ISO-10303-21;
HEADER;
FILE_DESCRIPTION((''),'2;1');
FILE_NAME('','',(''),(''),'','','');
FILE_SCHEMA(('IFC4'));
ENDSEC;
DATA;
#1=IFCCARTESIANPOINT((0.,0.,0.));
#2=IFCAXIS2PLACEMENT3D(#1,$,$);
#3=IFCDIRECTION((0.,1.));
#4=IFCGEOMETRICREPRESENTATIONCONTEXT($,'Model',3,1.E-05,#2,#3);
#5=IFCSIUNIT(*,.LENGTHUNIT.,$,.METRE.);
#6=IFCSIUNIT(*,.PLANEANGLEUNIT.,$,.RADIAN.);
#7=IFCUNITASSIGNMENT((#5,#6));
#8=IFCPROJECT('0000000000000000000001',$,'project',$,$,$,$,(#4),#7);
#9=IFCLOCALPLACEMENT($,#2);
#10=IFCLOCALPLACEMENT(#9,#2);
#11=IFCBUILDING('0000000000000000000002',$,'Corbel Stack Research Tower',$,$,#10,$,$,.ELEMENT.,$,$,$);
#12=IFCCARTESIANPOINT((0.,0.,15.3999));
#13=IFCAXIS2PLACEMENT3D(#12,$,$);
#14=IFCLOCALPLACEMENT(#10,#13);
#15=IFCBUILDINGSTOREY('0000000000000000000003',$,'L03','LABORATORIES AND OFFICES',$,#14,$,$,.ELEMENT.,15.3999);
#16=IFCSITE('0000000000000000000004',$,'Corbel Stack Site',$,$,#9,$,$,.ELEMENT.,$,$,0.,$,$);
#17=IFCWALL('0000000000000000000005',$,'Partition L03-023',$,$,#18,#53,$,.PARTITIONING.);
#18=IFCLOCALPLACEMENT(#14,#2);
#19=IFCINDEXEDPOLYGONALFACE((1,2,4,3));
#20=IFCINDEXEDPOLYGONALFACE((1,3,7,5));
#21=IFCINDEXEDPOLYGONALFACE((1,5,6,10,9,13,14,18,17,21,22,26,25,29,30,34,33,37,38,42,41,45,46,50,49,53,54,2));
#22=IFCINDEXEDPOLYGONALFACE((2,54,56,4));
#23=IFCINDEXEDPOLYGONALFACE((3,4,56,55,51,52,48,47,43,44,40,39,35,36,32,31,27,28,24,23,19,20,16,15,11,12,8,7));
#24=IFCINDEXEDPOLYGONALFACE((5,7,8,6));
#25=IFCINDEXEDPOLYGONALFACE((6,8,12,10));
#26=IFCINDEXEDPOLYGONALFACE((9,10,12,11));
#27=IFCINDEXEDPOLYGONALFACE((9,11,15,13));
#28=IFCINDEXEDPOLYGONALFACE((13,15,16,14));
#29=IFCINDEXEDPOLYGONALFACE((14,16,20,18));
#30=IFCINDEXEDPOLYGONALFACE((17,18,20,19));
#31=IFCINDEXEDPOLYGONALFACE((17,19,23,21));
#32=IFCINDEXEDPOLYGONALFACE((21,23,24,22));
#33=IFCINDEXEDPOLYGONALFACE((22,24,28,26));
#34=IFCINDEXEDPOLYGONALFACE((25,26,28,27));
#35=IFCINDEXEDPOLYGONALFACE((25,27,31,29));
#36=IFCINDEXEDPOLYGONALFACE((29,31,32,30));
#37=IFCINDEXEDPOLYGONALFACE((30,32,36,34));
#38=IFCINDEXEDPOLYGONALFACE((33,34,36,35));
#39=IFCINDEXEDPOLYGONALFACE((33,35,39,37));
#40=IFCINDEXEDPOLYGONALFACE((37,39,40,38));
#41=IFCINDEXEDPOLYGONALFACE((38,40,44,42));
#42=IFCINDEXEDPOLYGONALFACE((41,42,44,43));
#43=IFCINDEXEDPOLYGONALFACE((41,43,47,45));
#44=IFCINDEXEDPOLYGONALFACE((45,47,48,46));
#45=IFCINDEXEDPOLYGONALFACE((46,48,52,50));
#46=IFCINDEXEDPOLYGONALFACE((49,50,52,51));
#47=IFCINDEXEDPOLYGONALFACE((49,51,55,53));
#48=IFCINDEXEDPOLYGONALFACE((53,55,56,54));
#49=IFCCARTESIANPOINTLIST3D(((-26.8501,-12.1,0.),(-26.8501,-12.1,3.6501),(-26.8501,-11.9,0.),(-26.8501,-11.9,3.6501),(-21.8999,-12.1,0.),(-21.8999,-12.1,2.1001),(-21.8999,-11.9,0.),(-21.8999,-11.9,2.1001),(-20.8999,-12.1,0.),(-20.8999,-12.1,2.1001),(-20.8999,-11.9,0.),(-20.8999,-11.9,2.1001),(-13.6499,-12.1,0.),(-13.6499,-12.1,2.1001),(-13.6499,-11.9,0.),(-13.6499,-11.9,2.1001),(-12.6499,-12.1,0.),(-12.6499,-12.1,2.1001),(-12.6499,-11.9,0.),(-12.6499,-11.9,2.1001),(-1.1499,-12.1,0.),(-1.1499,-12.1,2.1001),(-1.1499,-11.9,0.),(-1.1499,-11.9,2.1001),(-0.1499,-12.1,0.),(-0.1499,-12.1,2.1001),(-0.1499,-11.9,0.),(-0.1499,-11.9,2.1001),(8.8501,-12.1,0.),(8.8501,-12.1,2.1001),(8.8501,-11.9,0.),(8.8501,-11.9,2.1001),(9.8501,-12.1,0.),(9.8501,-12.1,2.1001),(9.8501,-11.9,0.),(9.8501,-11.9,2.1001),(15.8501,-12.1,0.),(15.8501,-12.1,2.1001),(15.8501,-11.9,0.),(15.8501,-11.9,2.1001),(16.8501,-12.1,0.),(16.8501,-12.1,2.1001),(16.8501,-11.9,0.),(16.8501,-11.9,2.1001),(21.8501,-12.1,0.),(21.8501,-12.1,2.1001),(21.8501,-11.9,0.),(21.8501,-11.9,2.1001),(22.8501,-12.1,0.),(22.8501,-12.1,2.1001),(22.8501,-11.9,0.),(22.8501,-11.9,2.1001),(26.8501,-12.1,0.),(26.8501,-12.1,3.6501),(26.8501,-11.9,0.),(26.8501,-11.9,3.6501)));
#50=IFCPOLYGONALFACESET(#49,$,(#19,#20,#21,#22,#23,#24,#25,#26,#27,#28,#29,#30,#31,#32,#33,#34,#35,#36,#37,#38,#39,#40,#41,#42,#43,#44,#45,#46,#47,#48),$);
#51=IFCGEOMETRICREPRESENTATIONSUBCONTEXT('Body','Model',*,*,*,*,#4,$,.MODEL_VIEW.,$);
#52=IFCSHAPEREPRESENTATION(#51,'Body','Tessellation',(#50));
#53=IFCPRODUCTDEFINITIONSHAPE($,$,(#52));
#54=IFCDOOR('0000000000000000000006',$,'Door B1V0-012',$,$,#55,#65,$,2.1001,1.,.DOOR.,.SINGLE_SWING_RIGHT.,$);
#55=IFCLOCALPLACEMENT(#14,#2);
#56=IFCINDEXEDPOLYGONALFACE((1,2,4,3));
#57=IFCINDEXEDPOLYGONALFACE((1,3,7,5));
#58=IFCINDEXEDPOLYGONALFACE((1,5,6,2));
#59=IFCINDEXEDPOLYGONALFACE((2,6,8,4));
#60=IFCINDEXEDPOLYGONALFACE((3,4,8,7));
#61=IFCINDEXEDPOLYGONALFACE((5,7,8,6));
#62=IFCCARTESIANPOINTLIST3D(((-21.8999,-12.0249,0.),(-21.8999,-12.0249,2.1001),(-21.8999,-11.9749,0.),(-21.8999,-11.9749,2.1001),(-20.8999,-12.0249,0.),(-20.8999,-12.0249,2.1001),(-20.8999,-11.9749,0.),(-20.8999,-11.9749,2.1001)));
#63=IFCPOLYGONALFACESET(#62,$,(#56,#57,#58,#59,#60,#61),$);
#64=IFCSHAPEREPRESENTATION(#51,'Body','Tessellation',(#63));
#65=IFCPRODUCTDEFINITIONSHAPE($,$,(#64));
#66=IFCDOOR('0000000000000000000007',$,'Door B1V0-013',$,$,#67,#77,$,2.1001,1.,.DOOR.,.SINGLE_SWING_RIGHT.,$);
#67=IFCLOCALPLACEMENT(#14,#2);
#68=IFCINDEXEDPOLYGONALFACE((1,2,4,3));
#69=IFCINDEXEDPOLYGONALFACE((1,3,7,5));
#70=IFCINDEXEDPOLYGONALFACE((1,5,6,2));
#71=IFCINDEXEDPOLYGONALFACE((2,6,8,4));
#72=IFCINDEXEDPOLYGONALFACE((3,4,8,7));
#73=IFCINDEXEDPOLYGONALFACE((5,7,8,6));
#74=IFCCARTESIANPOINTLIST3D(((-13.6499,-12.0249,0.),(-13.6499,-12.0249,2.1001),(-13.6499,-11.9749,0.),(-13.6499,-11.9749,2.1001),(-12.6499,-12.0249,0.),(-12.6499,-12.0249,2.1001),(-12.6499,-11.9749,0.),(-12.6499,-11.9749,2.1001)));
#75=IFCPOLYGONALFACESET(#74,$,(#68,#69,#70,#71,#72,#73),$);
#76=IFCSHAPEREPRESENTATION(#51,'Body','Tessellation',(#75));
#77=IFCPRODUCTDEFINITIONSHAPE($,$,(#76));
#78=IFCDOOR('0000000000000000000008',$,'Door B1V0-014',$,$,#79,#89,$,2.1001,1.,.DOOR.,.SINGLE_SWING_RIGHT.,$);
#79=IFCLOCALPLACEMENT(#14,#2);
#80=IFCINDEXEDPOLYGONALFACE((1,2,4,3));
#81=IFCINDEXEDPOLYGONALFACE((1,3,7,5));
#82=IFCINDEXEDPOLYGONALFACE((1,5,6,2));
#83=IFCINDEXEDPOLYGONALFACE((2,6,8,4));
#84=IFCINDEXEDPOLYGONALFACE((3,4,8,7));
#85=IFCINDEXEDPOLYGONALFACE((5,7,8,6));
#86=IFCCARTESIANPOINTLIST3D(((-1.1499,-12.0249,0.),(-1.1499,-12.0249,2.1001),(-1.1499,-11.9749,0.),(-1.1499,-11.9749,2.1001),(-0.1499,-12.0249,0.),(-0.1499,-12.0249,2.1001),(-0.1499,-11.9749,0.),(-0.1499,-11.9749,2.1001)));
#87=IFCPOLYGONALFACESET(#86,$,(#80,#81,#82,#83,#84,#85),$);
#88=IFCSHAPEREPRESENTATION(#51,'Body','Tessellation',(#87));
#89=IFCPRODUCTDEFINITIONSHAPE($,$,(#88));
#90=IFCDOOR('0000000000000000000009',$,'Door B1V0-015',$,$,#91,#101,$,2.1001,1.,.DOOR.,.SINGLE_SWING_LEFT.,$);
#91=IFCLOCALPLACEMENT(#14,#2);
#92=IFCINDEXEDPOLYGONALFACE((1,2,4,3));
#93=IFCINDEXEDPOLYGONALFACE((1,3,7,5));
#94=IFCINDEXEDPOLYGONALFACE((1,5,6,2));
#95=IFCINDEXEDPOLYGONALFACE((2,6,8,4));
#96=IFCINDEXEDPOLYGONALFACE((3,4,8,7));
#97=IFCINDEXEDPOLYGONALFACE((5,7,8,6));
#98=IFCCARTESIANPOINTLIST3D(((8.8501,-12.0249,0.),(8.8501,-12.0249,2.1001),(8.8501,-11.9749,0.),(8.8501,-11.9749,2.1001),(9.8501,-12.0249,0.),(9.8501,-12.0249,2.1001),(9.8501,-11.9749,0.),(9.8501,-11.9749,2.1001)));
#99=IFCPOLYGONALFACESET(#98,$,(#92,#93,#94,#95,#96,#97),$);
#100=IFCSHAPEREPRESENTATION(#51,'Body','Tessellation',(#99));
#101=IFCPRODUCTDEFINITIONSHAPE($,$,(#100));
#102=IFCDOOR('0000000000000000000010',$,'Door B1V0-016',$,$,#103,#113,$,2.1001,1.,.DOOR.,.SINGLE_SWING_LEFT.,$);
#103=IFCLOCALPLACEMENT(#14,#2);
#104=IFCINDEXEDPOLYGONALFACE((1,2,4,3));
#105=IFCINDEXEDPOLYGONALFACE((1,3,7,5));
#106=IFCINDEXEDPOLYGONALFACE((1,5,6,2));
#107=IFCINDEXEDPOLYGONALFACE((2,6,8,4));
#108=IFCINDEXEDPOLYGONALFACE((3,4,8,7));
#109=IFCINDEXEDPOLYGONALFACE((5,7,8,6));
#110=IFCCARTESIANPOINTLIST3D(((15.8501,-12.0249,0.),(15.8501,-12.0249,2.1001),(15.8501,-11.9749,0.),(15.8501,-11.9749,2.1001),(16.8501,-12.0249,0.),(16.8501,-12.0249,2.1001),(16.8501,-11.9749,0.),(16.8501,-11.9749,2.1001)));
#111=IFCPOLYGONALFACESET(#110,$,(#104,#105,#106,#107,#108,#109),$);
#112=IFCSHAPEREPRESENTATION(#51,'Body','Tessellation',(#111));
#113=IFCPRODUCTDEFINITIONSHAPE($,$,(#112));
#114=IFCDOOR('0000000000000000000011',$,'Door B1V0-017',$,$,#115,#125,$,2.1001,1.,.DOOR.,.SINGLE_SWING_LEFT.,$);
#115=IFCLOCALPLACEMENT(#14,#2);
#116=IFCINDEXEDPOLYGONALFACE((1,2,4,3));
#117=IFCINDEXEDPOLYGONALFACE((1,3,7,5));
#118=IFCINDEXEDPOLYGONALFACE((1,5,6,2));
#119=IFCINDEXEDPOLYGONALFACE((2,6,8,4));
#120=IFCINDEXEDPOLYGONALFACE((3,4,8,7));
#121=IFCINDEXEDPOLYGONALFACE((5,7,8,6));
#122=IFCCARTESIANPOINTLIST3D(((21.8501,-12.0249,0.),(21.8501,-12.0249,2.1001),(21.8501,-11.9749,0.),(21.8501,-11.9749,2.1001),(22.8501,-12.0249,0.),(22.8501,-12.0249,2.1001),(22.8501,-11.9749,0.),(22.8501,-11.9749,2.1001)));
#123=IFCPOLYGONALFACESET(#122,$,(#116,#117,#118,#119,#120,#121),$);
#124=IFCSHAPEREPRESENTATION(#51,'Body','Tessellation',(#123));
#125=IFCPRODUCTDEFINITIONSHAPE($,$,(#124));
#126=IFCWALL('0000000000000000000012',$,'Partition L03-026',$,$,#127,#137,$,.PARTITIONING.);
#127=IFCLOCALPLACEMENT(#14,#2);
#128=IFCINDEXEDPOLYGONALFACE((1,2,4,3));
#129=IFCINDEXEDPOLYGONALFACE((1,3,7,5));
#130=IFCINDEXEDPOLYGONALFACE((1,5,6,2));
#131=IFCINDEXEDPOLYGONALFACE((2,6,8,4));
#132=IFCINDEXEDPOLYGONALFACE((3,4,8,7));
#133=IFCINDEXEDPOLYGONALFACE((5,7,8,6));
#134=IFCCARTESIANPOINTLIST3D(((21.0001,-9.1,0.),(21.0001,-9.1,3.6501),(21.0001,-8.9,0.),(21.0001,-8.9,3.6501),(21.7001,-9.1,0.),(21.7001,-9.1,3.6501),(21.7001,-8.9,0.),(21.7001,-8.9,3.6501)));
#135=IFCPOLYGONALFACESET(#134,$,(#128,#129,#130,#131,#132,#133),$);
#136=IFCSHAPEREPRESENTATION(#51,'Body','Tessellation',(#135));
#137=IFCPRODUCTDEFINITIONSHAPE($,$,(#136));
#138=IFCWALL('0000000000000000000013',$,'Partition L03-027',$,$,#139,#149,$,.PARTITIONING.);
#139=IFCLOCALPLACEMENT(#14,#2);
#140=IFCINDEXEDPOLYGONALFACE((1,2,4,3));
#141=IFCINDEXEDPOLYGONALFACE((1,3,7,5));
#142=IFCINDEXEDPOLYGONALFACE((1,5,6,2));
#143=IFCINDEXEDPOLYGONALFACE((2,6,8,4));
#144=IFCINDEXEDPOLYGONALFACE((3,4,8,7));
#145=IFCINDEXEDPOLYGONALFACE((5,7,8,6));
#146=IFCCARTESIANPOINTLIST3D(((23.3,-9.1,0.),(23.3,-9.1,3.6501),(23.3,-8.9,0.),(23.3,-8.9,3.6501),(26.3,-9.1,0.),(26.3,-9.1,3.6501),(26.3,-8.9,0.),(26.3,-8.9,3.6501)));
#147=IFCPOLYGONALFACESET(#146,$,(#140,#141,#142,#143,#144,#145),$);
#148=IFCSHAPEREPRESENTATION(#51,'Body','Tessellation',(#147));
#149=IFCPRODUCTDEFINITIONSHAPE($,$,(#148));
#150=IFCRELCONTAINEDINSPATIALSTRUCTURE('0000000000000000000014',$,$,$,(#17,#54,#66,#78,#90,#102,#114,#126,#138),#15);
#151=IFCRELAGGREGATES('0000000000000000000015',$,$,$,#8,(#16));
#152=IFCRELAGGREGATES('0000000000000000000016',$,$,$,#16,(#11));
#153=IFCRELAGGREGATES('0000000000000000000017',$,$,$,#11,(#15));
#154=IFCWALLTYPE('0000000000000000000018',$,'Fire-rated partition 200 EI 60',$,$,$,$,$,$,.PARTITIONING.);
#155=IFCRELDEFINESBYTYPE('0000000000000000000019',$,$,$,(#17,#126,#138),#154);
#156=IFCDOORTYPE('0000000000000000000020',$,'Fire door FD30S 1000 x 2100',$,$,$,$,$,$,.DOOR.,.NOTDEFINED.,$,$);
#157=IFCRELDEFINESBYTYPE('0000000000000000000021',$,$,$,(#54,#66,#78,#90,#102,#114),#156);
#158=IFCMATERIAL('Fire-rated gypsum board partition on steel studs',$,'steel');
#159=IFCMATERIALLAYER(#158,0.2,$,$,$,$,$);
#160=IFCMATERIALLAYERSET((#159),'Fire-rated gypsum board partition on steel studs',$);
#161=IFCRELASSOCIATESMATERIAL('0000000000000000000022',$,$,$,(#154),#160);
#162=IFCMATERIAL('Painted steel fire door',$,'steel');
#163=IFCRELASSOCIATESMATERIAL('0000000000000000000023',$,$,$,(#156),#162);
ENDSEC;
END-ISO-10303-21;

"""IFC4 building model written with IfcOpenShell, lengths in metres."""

from ifc_helpers import new_model, si_unit, direction, frame, frame_2d, origin, place, context, subcontext, project, spatial, rectangle, extrude, material, layer, layer_set, type_object, element, fill, save


model = new_model("IFC4")

# Units and contexts
model_context = context("Model", 3, precision=1e-05, world=origin(), true_north=direction((0.0, 1.0)))
body_context = subcontext(model_context, "Body", "Model", "MODEL_VIEW")
ifc_project = project(units=[si_unit("LENGTHUNIT", "METRE"), si_unit("PLANEANGLEUNIT", "RADIAN")], contexts=[model_context])

# Site, building, storey
site_placement = place(None, origin())
site = spatial("IfcSite", under=ifc_project, at=site_placement, Name="Corbel Stack Site", CompositionType="ELEMENT", RefElevation=0.0)
building_placement = place(site_placement, origin())
building = spatial("IfcBuilding", under=site, at=building_placement, Name="Corbel Stack Research Tower", CompositionType="ELEMENT")
storey_placement = place(building_placement, frame((0.0, 0.0, 15.3999)))
storey = spatial("IfcBuildingStorey", under=building, at=storey_placement, Name="L03", Description="LABORATORIES AND OFFICES", CompositionType="ELEMENT", Elevation=15.3999)

# Shared definitions
ifc_material_1 = material(Name="Fire-rated gypsum board partition on steel studs", Category="steel")
ifc_layer_1 = layer(ifc_material_1, 0.2)
ifc_layer_set_1 = layer_set([ifc_layer_1], Name="Fire-rated gypsum board partition on steel studs")
wall_type_1 = type_object("IfcWallType", Name="Fire-rated partition 200 EI 60", PredefinedType="PARTITIONING", material=ifc_layer_set_1)

# Wall, openings, doors
wall_1_placement = place(storey_placement, frame((26.8501, -12.0, 0.0), z_axis=(0.0, 0.0, 1.0), x_axis=(-1.0, 0.0, 0.0)))
wall_1 = element("IfcWall", 1, at=wall_1_placement, inside=storey, type_object=wall_type_1, Name="Partition L03-023", PredefinedType="PARTITIONING", context=body_context, shape_type="SweptSolid", body=[
    extrude(rectangle(XDim=53.7002, YDim=0.2, at=frame_2d((26.8501, 0.0))), origin(), (0.0, 0.0, 1.0), 3.6501),
])
opening_1_placement = place(wall_1_placement, frame((47.75, 0.0, 0.0)))
opening_1 = element("IfcOpeningElement", 2, at=opening_1_placement, cuts=wall_1, PredefinedType="OPENING", context=body_context, shape_type="SweptSolid", body=[
    extrude(rectangle(XDim=1.0, YDim=2.1001, at=frame_2d((0.5, 1.05))), frame((0.0, 0.1099, 0.0), z_axis=(0.0, -1.0, 0.0), x_axis=(1.0, 0.0, 0.0)), (0.0, 0.0, 1.0), 0.22),
])
opening_2_placement = place(wall_1_placement, frame((39.5, 0.0, 0.0)))
opening_2 = element("IfcOpeningElement", 3, at=opening_2_placement, cuts=wall_1, PredefinedType="OPENING", context=body_context, shape_type="SweptSolid", body=[
    extrude(rectangle(XDim=1.0, YDim=2.1001, at=frame_2d((0.5, 1.05))), frame((0.0, 0.1099, 0.0), z_axis=(0.0, -1.0, 0.0), x_axis=(1.0, 0.0, 0.0)), (0.0, 0.0, 1.0), 0.22),
])
opening_3_placement = place(wall_1_placement, frame((27.0, 0.0, 0.0)))
opening_3 = element("IfcOpeningElement", 4, at=opening_3_placement, cuts=wall_1, PredefinedType="OPENING", context=body_context, shape_type="SweptSolid", body=[
    extrude(rectangle(XDim=1.0, YDim=2.1001, at=frame_2d((0.5, 1.05))), frame((0.0, 0.1099, 0.0), z_axis=(0.0, -1.0, 0.0), x_axis=(1.0, 0.0, 0.0)), (0.0, 0.0, 1.0), 0.22),
])
opening_4_placement = place(wall_1_placement, frame((17.0, 0.0, 0.0)))
opening_4 = element("IfcOpeningElement", 5, at=opening_4_placement, cuts=wall_1, PredefinedType="OPENING", context=body_context, shape_type="SweptSolid", body=[
    extrude(rectangle(XDim=1.0, YDim=2.1001, at=frame_2d((0.5, 1.05))), frame((0.0, 0.1099, 0.0), z_axis=(0.0, -1.0, 0.0), x_axis=(1.0, 0.0, 0.0)), (0.0, 0.0, 1.0), 0.22),
])
opening_5_placement = place(wall_1_placement, frame((10.0, 0.0, 0.0)))
opening_5 = element("IfcOpeningElement", 6, at=opening_5_placement, cuts=wall_1, PredefinedType="OPENING", context=body_context, shape_type="SweptSolid", body=[
    extrude(rectangle(XDim=1.0, YDim=2.1001, at=frame_2d((0.5, 1.05))), frame((0.0, 0.1099, 0.0), z_axis=(0.0, -1.0, 0.0), x_axis=(1.0, 0.0, 0.0)), (0.0, 0.0, 1.0), 0.22),
])
opening_6_placement = place(wall_1_placement, frame((4.0, 0.0, 0.0)))
opening_6 = element("IfcOpeningElement", 7, at=opening_6_placement, cuts=wall_1, PredefinedType="OPENING", context=body_context, shape_type="SweptSolid", body=[
    extrude(rectangle(XDim=1.0, YDim=2.1001, at=frame_2d((0.5, 1.05))), frame((0.0, 0.1099, 0.0), z_axis=(0.0, -1.0, 0.0), x_axis=(1.0, 0.0, 0.0)), (0.0, 0.0, 1.0), 0.22),
])
ifc_material_2 = material(Name="Painted steel fire door", Category="steel")
door_type_1 = type_object("IfcDoorType", Name="Fire door FD30S 1000 x 2100", OperationType="NOTDEFINED", PredefinedType="DOOR", material=ifc_material_2)
door_1_placement = place(opening_1_placement, origin())
door_1 = element("IfcDoor", 8, at=door_1_placement, inside=storey, type_object=door_type_1, Name="Door B1V0-012", OperationType="SINGLE_SWING_RIGHT", OverallHeight=2.1001, OverallWidth=1.0, PredefinedType="DOOR", context=body_context, shape_type="SweptSolid", body=[
    extrude(rectangle(XDim=1.0, YDim=2.1001, at=frame_2d((0.5, 1.05))), frame((0.0, 0.0249, 0.0), z_axis=(0.0, -1.0, 0.0), x_axis=(1.0, 0.0, 0.0)), (0.0, 0.0, 1.0), 0.05),
])
fill(opening_1, door_1)
door_2_placement = place(opening_2_placement, origin())
door_2 = element("IfcDoor", 9, at=door_2_placement, inside=storey, type_object=door_type_1, Name="Door B1V0-013", OperationType="SINGLE_SWING_RIGHT", OverallHeight=2.1001, OverallWidth=1.0, PredefinedType="DOOR", context=body_context, shape_type="SweptSolid", body=[
    extrude(rectangle(XDim=1.0, YDim=2.1001, at=frame_2d((0.5, 1.05))), frame((0.0, 0.0249, 0.0), z_axis=(0.0, -1.0, 0.0), x_axis=(1.0, 0.0, 0.0)), (0.0, 0.0, 1.0), 0.05),
])
fill(opening_2, door_2)
door_3_placement = place(opening_3_placement, origin())
door_3 = element("IfcDoor", 10, at=door_3_placement, inside=storey, type_object=door_type_1, Name="Door B1V0-014", OperationType="SINGLE_SWING_RIGHT", OverallHeight=2.1001, OverallWidth=1.0, PredefinedType="DOOR", context=body_context, shape_type="SweptSolid", body=[
    extrude(rectangle(XDim=1.0, YDim=2.1001, at=frame_2d((0.5, 1.05))), frame((0.0, 0.0249, 0.0), z_axis=(0.0, -1.0, 0.0), x_axis=(1.0, 0.0, 0.0)), (0.0, 0.0, 1.0), 0.05),
])
fill(opening_3, door_3)
door_4_placement = place(opening_4_placement, origin())
door_4 = element("IfcDoor", 11, at=door_4_placement, inside=storey, type_object=door_type_1, Name="Door B1V0-015", OperationType="SINGLE_SWING_LEFT", OverallHeight=2.1001, OverallWidth=1.0, PredefinedType="DOOR", context=body_context, shape_type="SweptSolid", body=[
    extrude(rectangle(XDim=1.0, YDim=2.1001, at=frame_2d((0.5, 1.05))), frame((0.0, 0.0249, 0.0), z_axis=(0.0, -1.0, 0.0), x_axis=(1.0, 0.0, 0.0)), (0.0, 0.0, 1.0), 0.05),
])
fill(opening_4, door_4)
door_5_placement = place(opening_5_placement, origin())
door_5 = element("IfcDoor", 12, at=door_5_placement, inside=storey, type_object=door_type_1, Name="Door B1V0-016", OperationType="SINGLE_SWING_LEFT", OverallHeight=2.1001, OverallWidth=1.0, PredefinedType="DOOR", context=body_context, shape_type="SweptSolid", body=[
    extrude(rectangle(XDim=1.0, YDim=2.1001, at=frame_2d((0.5, 1.05))), frame((0.0, 0.0249, 0.0), z_axis=(0.0, -1.0, 0.0), x_axis=(1.0, 0.0, 0.0)), (0.0, 0.0, 1.0), 0.05),
])
fill(opening_5, door_5)
door_6_placement = place(opening_6_placement, origin())
door_6 = element("IfcDoor", 13, at=door_6_placement, inside=storey, type_object=door_type_1, Name="Door B1V0-017", OperationType="SINGLE_SWING_LEFT", OverallHeight=2.1001, OverallWidth=1.0, PredefinedType="DOOR", context=body_context, shape_type="SweptSolid", body=[
    extrude(rectangle(XDim=1.0, YDim=2.1001, at=frame_2d((0.5, 1.05))), frame((0.0, 0.0249, 0.0), z_axis=(0.0, -1.0, 0.0), x_axis=(1.0, 0.0, 0.0)), (0.0, 0.0, 1.0), 0.05),
])
fill(opening_6, door_6)

# Walls
wall_2_placement = place(storey_placement, frame((21.0, -9.0, 0.0), z_axis=(0.0, 0.0, 1.0), x_axis=(1.0, 0.0, 0.0)))
element("IfcWall", 14, at=wall_2_placement, inside=storey, type_object=wall_type_1, Name="Partition L03-026", PredefinedType="PARTITIONING", context=body_context, shape_type="SweptSolid", body=[
    extrude(rectangle(XDim=0.7, YDim=0.2, at=frame_2d((0.3501, 0.0))), origin(), (0.0, 0.0, 1.0), 3.6501),
])
wall_3_placement = place(storey_placement, frame((23.3, -9.0, 0.0), z_axis=(0.0, 0.0, 1.0), x_axis=(1.0, 0.0, 0.0)))
element("IfcWall", 15, at=wall_3_placement, inside=storey, type_object=wall_type_1, Name="Partition L03-027", PredefinedType="PARTITIONING", context=body_context, shape_type="SweptSolid", body=[
    extrude(rectangle(XDim=3.0, YDim=0.2, at=frame_2d((1.5, 0.0))), origin(), (0.0, 0.0, 1.0), 3.6501),
])

save(model, "model.ifc")
